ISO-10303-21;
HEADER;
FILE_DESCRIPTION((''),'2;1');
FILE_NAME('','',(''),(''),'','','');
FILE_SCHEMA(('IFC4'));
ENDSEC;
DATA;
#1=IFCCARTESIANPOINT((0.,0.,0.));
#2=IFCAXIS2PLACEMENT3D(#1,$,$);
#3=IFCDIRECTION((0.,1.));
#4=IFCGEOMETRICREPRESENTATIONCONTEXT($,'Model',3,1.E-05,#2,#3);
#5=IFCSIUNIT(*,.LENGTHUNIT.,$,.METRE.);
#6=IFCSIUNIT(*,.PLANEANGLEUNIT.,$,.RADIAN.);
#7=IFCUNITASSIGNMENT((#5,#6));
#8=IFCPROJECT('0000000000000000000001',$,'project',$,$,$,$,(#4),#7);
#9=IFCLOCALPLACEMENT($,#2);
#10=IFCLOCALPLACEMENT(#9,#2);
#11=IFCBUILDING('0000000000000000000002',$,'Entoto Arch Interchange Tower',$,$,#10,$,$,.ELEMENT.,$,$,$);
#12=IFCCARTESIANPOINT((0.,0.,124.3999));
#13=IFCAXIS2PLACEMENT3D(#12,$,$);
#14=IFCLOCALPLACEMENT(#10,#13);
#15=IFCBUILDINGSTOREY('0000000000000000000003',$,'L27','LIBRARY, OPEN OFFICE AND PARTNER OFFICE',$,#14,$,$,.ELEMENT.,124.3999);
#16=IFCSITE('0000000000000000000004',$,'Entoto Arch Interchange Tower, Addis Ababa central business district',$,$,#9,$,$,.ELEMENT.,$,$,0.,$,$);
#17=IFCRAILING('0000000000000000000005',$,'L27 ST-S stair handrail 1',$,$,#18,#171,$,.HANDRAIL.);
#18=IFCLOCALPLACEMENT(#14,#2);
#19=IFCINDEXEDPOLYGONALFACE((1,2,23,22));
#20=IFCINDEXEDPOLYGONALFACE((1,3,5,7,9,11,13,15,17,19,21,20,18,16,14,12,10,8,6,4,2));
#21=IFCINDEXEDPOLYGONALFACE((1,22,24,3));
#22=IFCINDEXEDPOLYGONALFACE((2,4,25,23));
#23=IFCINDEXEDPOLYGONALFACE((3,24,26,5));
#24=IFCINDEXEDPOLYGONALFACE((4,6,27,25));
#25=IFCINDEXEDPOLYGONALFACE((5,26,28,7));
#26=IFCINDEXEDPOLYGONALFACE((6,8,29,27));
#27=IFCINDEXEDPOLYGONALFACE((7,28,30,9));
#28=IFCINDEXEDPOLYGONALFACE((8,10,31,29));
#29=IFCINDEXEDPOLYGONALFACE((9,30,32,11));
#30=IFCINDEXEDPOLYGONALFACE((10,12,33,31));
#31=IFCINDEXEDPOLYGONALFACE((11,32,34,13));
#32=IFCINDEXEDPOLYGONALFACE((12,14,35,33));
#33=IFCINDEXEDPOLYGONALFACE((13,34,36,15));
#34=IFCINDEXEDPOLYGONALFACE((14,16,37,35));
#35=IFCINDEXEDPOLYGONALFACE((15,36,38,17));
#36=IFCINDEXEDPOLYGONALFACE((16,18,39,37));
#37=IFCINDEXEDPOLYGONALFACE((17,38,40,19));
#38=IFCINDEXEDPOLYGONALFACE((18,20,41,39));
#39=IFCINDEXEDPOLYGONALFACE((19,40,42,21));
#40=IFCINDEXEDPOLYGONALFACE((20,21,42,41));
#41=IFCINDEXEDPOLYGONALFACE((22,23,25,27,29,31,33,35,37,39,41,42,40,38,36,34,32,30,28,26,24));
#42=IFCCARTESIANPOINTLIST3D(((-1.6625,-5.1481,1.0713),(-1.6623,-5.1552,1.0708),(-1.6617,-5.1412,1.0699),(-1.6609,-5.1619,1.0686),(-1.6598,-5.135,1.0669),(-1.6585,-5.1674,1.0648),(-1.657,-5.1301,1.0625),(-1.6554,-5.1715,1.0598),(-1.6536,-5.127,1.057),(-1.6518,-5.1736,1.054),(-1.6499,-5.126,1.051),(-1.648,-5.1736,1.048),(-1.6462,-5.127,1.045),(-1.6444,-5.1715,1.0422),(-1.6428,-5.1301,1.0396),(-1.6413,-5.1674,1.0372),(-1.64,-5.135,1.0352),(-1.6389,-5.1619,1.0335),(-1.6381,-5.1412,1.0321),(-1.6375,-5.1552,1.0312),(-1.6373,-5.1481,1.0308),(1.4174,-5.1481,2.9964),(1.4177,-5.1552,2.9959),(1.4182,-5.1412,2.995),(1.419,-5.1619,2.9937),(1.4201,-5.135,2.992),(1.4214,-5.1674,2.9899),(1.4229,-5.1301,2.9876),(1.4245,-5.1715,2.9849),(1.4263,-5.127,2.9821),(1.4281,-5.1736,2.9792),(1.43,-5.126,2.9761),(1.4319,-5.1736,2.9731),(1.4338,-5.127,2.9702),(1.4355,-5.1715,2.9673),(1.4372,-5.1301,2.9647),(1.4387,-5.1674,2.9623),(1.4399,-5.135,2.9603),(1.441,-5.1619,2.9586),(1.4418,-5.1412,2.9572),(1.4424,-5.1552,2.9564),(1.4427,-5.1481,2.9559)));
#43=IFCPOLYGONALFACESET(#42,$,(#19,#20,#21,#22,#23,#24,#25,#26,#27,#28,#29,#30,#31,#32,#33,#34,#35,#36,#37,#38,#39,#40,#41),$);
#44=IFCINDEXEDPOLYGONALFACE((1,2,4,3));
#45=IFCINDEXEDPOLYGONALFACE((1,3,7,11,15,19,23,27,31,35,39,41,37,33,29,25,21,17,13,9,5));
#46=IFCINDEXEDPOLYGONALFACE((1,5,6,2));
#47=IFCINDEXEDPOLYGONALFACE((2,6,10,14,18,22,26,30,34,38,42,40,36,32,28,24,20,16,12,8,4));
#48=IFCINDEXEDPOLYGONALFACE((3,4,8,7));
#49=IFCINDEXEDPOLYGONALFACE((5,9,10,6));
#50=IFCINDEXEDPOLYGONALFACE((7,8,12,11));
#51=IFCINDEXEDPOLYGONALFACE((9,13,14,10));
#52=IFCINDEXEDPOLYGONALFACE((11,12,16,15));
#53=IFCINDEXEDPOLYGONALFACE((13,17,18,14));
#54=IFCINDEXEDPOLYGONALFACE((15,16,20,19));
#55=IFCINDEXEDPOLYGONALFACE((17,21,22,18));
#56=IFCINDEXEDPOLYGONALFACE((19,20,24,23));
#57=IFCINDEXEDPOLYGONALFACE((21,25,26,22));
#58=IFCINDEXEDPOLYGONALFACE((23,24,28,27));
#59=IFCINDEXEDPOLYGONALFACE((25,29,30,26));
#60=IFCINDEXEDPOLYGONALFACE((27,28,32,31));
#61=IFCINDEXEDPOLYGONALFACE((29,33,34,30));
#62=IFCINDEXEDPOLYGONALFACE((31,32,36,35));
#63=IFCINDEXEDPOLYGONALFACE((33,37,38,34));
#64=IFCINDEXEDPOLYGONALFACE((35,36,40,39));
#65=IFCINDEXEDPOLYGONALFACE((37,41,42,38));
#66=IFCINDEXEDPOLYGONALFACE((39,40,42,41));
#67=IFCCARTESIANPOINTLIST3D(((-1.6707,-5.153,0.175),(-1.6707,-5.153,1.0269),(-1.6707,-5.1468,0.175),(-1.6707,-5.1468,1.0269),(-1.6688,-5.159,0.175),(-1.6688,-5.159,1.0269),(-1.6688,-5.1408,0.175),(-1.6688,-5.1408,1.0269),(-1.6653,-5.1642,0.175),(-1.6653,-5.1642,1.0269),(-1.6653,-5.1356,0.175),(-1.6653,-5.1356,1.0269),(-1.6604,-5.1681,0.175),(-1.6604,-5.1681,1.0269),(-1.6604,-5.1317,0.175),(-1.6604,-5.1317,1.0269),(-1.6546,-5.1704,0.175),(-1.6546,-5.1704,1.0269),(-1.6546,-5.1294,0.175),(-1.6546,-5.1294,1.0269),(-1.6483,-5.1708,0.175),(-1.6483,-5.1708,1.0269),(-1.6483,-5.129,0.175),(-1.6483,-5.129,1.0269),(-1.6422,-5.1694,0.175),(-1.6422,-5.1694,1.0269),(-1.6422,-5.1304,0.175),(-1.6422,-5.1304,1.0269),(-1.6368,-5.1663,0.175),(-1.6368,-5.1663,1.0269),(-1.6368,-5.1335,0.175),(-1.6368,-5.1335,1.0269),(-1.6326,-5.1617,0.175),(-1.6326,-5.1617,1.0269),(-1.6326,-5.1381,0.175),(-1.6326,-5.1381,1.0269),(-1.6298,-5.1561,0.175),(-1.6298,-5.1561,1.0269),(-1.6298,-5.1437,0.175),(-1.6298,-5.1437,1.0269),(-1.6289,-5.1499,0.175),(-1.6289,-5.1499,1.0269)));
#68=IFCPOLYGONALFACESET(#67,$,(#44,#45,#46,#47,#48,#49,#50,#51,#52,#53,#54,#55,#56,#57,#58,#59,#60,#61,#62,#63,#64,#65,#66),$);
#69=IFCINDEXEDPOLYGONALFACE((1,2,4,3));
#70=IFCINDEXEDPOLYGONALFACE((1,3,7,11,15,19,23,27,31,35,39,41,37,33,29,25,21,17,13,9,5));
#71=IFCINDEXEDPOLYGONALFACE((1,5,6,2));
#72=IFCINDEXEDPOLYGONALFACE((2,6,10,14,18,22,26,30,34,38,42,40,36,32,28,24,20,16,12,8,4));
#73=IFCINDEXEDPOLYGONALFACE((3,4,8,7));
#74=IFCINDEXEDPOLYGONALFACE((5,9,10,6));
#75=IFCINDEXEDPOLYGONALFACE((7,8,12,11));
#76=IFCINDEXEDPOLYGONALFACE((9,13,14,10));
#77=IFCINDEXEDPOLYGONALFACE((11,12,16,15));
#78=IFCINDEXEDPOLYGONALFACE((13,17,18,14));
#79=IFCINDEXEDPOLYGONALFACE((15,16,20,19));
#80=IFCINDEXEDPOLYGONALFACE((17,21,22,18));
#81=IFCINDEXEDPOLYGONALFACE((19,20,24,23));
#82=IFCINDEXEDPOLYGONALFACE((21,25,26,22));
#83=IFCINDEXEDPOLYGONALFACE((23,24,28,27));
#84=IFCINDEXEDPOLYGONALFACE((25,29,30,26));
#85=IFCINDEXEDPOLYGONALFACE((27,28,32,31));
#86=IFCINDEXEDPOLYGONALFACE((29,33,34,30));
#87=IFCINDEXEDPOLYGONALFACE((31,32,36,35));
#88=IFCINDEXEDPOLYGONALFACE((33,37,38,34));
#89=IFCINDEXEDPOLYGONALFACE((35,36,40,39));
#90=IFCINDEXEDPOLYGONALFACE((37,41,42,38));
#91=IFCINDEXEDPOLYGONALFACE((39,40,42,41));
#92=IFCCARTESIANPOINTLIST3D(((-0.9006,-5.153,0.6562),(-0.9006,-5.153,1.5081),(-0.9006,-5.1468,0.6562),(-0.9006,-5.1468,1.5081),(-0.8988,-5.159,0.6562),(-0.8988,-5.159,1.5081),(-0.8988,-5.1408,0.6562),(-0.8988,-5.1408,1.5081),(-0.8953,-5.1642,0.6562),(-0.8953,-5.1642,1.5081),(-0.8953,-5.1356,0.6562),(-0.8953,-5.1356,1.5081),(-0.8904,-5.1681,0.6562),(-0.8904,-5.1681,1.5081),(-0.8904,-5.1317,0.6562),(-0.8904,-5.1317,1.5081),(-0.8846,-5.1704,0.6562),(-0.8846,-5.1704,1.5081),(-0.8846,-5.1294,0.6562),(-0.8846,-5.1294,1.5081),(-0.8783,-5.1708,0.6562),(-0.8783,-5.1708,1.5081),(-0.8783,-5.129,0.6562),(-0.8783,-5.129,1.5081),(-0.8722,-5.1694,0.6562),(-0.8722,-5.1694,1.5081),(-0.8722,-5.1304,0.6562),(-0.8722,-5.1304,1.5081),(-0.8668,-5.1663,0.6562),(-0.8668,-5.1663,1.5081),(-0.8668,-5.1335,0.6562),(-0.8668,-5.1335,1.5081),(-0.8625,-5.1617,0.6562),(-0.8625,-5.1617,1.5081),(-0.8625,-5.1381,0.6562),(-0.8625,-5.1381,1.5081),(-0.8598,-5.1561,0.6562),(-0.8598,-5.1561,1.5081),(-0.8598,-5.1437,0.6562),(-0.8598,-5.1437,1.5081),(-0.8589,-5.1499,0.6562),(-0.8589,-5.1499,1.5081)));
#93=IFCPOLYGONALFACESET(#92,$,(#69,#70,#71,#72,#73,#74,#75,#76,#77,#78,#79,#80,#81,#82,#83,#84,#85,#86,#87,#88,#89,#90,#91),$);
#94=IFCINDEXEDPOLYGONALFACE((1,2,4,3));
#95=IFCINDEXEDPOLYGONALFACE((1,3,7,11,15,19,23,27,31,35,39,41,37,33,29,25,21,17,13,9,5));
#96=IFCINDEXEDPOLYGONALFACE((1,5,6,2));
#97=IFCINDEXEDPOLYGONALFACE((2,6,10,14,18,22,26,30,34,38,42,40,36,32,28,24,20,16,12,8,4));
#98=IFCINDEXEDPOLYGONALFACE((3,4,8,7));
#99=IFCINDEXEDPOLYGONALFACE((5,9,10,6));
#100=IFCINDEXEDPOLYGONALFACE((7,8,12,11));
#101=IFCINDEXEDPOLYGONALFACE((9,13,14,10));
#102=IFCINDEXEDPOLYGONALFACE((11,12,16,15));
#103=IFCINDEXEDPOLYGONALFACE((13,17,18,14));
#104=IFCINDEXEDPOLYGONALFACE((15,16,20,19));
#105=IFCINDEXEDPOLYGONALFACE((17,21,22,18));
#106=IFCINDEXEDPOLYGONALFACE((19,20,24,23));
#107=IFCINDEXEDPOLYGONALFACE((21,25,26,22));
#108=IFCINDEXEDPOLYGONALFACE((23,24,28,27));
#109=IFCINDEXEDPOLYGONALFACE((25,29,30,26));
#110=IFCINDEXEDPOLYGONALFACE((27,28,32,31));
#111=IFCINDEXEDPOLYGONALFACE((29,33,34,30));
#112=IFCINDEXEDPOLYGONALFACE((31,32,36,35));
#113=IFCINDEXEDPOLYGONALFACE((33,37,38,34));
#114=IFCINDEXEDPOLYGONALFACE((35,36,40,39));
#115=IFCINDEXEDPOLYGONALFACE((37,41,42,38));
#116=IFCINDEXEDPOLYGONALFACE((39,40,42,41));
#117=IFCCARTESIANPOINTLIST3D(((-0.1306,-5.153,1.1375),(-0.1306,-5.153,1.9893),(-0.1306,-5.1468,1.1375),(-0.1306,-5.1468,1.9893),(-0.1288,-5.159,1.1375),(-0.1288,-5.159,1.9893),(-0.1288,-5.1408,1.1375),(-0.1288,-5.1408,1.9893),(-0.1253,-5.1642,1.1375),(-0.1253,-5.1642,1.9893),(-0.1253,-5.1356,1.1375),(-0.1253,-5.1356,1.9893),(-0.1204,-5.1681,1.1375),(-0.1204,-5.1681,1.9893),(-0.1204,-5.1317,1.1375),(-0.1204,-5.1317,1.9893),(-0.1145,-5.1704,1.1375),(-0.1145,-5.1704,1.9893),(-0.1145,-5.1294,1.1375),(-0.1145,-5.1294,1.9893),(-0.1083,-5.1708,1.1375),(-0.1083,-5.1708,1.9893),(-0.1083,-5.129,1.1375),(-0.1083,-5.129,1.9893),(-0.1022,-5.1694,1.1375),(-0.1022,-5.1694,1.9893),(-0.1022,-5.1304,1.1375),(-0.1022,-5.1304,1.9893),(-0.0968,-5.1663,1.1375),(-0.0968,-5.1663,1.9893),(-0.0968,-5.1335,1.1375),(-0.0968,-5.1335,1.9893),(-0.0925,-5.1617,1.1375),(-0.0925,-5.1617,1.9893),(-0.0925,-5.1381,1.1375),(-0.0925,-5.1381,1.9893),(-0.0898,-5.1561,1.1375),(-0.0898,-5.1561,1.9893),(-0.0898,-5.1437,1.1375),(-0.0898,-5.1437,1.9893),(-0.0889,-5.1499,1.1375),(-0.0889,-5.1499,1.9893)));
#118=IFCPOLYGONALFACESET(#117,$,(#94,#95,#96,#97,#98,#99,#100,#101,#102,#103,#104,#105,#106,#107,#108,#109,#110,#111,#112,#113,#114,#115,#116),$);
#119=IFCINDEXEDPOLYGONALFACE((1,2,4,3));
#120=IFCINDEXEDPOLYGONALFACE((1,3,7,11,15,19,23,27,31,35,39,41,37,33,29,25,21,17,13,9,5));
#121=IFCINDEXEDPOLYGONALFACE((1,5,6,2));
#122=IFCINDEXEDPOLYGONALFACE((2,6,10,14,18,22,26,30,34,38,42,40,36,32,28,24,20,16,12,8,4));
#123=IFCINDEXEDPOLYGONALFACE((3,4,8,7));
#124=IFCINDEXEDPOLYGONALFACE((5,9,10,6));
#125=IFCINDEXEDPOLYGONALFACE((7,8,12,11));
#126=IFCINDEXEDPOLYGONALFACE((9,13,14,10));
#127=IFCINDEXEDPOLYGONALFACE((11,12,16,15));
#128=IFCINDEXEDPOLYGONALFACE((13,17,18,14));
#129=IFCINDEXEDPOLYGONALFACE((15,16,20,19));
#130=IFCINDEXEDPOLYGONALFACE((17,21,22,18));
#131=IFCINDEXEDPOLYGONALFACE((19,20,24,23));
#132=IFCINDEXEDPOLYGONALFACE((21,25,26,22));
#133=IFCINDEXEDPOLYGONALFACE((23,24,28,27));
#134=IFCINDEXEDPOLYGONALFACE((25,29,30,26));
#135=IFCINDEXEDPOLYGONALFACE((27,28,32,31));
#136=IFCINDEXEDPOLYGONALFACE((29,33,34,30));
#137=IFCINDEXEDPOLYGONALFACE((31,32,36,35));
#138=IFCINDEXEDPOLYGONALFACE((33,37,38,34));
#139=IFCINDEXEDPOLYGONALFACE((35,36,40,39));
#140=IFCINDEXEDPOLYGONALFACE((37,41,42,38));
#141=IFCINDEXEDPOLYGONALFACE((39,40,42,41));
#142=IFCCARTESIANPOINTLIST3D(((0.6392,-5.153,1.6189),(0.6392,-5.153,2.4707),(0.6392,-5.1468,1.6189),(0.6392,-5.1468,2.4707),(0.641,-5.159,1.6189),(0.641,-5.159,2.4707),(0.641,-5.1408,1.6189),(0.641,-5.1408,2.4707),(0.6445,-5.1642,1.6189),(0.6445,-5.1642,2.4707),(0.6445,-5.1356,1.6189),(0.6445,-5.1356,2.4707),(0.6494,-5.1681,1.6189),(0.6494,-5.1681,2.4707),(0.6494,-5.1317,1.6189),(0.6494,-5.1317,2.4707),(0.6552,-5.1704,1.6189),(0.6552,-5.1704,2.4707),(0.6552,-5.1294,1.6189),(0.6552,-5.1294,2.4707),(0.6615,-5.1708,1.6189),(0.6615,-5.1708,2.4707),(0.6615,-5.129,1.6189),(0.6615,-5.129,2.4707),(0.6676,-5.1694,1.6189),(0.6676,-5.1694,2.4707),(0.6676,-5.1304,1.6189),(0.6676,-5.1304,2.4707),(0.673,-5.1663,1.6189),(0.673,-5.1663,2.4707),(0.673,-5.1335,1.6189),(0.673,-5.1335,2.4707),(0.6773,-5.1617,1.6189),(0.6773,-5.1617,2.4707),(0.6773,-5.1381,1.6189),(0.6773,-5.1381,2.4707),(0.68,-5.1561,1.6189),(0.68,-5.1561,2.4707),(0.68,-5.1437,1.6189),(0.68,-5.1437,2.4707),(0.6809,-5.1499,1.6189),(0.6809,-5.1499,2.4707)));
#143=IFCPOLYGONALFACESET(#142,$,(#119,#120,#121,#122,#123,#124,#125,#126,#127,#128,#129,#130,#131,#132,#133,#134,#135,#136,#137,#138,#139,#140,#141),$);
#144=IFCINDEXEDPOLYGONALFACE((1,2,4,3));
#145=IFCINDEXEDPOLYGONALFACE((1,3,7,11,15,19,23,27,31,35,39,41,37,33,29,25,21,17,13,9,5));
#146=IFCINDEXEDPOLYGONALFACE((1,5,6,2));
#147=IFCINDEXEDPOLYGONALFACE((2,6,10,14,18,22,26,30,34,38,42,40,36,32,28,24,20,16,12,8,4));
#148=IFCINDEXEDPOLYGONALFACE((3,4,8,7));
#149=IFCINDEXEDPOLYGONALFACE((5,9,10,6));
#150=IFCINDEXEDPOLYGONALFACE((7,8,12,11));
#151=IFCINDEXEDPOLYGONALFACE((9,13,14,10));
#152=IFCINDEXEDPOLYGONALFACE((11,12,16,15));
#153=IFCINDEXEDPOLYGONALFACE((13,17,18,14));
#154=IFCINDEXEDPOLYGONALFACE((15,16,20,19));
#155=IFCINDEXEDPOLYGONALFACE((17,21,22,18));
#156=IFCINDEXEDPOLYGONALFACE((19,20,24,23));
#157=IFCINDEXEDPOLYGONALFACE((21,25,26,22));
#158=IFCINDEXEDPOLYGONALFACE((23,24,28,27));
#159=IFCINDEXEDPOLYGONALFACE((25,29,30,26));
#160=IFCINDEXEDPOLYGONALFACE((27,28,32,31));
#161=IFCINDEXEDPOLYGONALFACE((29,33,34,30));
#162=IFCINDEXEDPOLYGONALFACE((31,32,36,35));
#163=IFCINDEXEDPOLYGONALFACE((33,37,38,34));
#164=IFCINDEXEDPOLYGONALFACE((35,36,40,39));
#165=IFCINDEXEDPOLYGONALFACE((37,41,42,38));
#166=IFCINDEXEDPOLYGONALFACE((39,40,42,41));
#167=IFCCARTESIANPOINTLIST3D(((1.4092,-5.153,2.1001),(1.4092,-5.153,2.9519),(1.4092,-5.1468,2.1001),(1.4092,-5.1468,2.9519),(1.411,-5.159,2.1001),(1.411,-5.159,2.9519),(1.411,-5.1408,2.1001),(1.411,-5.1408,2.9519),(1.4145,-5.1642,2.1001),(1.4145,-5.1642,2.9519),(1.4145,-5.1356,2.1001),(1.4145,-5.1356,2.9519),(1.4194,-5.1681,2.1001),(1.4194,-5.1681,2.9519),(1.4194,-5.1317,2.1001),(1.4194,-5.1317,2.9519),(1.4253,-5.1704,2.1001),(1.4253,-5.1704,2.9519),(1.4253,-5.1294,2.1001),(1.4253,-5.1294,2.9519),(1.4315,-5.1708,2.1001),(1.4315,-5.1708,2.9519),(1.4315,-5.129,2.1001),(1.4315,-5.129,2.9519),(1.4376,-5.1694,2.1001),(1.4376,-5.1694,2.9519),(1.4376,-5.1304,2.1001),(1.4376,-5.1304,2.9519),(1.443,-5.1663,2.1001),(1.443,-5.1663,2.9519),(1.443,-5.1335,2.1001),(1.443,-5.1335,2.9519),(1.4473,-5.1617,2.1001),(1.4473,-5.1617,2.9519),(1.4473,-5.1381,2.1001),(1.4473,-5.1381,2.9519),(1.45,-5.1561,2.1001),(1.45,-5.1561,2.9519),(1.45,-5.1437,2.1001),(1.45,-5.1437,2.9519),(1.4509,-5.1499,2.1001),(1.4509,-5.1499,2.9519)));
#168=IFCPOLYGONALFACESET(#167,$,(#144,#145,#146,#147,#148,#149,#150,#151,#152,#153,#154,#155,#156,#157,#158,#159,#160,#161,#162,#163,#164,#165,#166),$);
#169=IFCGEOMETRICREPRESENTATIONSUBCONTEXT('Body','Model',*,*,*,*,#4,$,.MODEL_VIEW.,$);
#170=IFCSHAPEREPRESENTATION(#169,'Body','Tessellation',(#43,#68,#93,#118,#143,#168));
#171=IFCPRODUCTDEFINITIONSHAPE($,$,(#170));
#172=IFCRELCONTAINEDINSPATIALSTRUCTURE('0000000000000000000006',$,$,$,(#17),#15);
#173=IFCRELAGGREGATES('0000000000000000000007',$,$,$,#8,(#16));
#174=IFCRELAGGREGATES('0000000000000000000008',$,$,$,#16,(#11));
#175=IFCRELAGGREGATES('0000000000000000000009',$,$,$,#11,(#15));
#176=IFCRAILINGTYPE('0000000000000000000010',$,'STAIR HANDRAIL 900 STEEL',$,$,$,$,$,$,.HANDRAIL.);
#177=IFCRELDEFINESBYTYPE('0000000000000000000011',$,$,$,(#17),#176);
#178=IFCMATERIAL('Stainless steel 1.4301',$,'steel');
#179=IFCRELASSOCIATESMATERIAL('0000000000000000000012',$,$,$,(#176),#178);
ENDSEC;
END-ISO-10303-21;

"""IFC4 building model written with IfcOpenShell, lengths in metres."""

from ifc_helpers import new_model, si_unit, direction, frame, origin, origin_2d, place, context, subcontext, project, spatial, circle, extrude, material, type_object, element, save


model = new_model("IFC4")

# Units and contexts
model_context = context("Model", 3, precision=1e-05, world=origin(), true_north=direction((0.0, 1.0)))
body_context = subcontext(model_context, "Body", "Model", "MODEL_VIEW")
ifc_project = project(units=[si_unit("LENGTHUNIT", "METRE"), si_unit("PLANEANGLEUNIT", "RADIAN")], contexts=[model_context])

# Site, building, storey
site_placement = place(None, origin())
site = spatial("IfcSite", under=ifc_project, at=site_placement, Name="Entoto Arch Interchange Tower, Addis Ababa central business district", CompositionType="ELEMENT", RefElevation=0.0)
building_placement = place(site_placement, origin())
building = spatial("IfcBuilding", under=site, at=building_placement, Name="Entoto Arch Interchange Tower", CompositionType="ELEMENT")
storey_placement = place(building_placement, frame((0.0, 0.0, 124.3999)))
storey = spatial("IfcBuildingStorey", under=building, at=storey_placement, Name="L27", Description="LIBRARY, OPEN OFFICE AND PARTNER OFFICE", CompositionType="ELEMENT", Elevation=124.3999)

# Railing
ifc_material_1 = material(Name="Stainless steel 1.4301", Category="steel")
railing_type_1 = type_object("IfcRailingType", Name="STAIR HANDRAIL 900 STEEL", PredefinedType="HANDRAIL", material=ifc_material_1)
railing_1_placement = place(storey_placement, frame((-1.6499, -5.1499, 0.175)))
element("IfcRailing", 1, at=railing_1_placement, inside=storey, type_object=railing_type_1, Name="L27 ST-S stair handrail 1", PredefinedType="HANDRAIL", context=body_context, shape_type="SweptSolid", body=[
    extrude(circle(Radius=0.0239, at=origin_2d()), frame((0.0, 0.0, 0.876), z_axis=(0.847979, 0.0, 0.530029), x_axis=(0.0, 1.0, 0.0)), (0.0, 0.0, 1.0), 3.6321),
    extrude(circle(Radius=0.021, at=origin_2d()), origin(), (0.0, 0.0, 1.0), 0.8518),
    extrude(circle(Radius=0.021, at=origin_2d()), frame((0.77, 0.0, 0.4812)), (0.0, 0.0, 1.0), 0.8518),
    extrude(circle(Radius=0.021, at=origin_2d()), frame((1.54, 0.0, 0.9624)), (0.0, 0.0, 1.0), 0.8518),
    extrude(circle(Radius=0.021, at=origin_2d()), frame((2.3098, 0.0, 1.4438)), (0.0, 0.0, 1.0), 0.8518),
    extrude(circle(Radius=0.021, at=origin_2d()), frame((3.0798, 0.0, 1.925)), (0.0, 0.0, 1.0), 0.8518),
])

save(model, "model.ifc")
